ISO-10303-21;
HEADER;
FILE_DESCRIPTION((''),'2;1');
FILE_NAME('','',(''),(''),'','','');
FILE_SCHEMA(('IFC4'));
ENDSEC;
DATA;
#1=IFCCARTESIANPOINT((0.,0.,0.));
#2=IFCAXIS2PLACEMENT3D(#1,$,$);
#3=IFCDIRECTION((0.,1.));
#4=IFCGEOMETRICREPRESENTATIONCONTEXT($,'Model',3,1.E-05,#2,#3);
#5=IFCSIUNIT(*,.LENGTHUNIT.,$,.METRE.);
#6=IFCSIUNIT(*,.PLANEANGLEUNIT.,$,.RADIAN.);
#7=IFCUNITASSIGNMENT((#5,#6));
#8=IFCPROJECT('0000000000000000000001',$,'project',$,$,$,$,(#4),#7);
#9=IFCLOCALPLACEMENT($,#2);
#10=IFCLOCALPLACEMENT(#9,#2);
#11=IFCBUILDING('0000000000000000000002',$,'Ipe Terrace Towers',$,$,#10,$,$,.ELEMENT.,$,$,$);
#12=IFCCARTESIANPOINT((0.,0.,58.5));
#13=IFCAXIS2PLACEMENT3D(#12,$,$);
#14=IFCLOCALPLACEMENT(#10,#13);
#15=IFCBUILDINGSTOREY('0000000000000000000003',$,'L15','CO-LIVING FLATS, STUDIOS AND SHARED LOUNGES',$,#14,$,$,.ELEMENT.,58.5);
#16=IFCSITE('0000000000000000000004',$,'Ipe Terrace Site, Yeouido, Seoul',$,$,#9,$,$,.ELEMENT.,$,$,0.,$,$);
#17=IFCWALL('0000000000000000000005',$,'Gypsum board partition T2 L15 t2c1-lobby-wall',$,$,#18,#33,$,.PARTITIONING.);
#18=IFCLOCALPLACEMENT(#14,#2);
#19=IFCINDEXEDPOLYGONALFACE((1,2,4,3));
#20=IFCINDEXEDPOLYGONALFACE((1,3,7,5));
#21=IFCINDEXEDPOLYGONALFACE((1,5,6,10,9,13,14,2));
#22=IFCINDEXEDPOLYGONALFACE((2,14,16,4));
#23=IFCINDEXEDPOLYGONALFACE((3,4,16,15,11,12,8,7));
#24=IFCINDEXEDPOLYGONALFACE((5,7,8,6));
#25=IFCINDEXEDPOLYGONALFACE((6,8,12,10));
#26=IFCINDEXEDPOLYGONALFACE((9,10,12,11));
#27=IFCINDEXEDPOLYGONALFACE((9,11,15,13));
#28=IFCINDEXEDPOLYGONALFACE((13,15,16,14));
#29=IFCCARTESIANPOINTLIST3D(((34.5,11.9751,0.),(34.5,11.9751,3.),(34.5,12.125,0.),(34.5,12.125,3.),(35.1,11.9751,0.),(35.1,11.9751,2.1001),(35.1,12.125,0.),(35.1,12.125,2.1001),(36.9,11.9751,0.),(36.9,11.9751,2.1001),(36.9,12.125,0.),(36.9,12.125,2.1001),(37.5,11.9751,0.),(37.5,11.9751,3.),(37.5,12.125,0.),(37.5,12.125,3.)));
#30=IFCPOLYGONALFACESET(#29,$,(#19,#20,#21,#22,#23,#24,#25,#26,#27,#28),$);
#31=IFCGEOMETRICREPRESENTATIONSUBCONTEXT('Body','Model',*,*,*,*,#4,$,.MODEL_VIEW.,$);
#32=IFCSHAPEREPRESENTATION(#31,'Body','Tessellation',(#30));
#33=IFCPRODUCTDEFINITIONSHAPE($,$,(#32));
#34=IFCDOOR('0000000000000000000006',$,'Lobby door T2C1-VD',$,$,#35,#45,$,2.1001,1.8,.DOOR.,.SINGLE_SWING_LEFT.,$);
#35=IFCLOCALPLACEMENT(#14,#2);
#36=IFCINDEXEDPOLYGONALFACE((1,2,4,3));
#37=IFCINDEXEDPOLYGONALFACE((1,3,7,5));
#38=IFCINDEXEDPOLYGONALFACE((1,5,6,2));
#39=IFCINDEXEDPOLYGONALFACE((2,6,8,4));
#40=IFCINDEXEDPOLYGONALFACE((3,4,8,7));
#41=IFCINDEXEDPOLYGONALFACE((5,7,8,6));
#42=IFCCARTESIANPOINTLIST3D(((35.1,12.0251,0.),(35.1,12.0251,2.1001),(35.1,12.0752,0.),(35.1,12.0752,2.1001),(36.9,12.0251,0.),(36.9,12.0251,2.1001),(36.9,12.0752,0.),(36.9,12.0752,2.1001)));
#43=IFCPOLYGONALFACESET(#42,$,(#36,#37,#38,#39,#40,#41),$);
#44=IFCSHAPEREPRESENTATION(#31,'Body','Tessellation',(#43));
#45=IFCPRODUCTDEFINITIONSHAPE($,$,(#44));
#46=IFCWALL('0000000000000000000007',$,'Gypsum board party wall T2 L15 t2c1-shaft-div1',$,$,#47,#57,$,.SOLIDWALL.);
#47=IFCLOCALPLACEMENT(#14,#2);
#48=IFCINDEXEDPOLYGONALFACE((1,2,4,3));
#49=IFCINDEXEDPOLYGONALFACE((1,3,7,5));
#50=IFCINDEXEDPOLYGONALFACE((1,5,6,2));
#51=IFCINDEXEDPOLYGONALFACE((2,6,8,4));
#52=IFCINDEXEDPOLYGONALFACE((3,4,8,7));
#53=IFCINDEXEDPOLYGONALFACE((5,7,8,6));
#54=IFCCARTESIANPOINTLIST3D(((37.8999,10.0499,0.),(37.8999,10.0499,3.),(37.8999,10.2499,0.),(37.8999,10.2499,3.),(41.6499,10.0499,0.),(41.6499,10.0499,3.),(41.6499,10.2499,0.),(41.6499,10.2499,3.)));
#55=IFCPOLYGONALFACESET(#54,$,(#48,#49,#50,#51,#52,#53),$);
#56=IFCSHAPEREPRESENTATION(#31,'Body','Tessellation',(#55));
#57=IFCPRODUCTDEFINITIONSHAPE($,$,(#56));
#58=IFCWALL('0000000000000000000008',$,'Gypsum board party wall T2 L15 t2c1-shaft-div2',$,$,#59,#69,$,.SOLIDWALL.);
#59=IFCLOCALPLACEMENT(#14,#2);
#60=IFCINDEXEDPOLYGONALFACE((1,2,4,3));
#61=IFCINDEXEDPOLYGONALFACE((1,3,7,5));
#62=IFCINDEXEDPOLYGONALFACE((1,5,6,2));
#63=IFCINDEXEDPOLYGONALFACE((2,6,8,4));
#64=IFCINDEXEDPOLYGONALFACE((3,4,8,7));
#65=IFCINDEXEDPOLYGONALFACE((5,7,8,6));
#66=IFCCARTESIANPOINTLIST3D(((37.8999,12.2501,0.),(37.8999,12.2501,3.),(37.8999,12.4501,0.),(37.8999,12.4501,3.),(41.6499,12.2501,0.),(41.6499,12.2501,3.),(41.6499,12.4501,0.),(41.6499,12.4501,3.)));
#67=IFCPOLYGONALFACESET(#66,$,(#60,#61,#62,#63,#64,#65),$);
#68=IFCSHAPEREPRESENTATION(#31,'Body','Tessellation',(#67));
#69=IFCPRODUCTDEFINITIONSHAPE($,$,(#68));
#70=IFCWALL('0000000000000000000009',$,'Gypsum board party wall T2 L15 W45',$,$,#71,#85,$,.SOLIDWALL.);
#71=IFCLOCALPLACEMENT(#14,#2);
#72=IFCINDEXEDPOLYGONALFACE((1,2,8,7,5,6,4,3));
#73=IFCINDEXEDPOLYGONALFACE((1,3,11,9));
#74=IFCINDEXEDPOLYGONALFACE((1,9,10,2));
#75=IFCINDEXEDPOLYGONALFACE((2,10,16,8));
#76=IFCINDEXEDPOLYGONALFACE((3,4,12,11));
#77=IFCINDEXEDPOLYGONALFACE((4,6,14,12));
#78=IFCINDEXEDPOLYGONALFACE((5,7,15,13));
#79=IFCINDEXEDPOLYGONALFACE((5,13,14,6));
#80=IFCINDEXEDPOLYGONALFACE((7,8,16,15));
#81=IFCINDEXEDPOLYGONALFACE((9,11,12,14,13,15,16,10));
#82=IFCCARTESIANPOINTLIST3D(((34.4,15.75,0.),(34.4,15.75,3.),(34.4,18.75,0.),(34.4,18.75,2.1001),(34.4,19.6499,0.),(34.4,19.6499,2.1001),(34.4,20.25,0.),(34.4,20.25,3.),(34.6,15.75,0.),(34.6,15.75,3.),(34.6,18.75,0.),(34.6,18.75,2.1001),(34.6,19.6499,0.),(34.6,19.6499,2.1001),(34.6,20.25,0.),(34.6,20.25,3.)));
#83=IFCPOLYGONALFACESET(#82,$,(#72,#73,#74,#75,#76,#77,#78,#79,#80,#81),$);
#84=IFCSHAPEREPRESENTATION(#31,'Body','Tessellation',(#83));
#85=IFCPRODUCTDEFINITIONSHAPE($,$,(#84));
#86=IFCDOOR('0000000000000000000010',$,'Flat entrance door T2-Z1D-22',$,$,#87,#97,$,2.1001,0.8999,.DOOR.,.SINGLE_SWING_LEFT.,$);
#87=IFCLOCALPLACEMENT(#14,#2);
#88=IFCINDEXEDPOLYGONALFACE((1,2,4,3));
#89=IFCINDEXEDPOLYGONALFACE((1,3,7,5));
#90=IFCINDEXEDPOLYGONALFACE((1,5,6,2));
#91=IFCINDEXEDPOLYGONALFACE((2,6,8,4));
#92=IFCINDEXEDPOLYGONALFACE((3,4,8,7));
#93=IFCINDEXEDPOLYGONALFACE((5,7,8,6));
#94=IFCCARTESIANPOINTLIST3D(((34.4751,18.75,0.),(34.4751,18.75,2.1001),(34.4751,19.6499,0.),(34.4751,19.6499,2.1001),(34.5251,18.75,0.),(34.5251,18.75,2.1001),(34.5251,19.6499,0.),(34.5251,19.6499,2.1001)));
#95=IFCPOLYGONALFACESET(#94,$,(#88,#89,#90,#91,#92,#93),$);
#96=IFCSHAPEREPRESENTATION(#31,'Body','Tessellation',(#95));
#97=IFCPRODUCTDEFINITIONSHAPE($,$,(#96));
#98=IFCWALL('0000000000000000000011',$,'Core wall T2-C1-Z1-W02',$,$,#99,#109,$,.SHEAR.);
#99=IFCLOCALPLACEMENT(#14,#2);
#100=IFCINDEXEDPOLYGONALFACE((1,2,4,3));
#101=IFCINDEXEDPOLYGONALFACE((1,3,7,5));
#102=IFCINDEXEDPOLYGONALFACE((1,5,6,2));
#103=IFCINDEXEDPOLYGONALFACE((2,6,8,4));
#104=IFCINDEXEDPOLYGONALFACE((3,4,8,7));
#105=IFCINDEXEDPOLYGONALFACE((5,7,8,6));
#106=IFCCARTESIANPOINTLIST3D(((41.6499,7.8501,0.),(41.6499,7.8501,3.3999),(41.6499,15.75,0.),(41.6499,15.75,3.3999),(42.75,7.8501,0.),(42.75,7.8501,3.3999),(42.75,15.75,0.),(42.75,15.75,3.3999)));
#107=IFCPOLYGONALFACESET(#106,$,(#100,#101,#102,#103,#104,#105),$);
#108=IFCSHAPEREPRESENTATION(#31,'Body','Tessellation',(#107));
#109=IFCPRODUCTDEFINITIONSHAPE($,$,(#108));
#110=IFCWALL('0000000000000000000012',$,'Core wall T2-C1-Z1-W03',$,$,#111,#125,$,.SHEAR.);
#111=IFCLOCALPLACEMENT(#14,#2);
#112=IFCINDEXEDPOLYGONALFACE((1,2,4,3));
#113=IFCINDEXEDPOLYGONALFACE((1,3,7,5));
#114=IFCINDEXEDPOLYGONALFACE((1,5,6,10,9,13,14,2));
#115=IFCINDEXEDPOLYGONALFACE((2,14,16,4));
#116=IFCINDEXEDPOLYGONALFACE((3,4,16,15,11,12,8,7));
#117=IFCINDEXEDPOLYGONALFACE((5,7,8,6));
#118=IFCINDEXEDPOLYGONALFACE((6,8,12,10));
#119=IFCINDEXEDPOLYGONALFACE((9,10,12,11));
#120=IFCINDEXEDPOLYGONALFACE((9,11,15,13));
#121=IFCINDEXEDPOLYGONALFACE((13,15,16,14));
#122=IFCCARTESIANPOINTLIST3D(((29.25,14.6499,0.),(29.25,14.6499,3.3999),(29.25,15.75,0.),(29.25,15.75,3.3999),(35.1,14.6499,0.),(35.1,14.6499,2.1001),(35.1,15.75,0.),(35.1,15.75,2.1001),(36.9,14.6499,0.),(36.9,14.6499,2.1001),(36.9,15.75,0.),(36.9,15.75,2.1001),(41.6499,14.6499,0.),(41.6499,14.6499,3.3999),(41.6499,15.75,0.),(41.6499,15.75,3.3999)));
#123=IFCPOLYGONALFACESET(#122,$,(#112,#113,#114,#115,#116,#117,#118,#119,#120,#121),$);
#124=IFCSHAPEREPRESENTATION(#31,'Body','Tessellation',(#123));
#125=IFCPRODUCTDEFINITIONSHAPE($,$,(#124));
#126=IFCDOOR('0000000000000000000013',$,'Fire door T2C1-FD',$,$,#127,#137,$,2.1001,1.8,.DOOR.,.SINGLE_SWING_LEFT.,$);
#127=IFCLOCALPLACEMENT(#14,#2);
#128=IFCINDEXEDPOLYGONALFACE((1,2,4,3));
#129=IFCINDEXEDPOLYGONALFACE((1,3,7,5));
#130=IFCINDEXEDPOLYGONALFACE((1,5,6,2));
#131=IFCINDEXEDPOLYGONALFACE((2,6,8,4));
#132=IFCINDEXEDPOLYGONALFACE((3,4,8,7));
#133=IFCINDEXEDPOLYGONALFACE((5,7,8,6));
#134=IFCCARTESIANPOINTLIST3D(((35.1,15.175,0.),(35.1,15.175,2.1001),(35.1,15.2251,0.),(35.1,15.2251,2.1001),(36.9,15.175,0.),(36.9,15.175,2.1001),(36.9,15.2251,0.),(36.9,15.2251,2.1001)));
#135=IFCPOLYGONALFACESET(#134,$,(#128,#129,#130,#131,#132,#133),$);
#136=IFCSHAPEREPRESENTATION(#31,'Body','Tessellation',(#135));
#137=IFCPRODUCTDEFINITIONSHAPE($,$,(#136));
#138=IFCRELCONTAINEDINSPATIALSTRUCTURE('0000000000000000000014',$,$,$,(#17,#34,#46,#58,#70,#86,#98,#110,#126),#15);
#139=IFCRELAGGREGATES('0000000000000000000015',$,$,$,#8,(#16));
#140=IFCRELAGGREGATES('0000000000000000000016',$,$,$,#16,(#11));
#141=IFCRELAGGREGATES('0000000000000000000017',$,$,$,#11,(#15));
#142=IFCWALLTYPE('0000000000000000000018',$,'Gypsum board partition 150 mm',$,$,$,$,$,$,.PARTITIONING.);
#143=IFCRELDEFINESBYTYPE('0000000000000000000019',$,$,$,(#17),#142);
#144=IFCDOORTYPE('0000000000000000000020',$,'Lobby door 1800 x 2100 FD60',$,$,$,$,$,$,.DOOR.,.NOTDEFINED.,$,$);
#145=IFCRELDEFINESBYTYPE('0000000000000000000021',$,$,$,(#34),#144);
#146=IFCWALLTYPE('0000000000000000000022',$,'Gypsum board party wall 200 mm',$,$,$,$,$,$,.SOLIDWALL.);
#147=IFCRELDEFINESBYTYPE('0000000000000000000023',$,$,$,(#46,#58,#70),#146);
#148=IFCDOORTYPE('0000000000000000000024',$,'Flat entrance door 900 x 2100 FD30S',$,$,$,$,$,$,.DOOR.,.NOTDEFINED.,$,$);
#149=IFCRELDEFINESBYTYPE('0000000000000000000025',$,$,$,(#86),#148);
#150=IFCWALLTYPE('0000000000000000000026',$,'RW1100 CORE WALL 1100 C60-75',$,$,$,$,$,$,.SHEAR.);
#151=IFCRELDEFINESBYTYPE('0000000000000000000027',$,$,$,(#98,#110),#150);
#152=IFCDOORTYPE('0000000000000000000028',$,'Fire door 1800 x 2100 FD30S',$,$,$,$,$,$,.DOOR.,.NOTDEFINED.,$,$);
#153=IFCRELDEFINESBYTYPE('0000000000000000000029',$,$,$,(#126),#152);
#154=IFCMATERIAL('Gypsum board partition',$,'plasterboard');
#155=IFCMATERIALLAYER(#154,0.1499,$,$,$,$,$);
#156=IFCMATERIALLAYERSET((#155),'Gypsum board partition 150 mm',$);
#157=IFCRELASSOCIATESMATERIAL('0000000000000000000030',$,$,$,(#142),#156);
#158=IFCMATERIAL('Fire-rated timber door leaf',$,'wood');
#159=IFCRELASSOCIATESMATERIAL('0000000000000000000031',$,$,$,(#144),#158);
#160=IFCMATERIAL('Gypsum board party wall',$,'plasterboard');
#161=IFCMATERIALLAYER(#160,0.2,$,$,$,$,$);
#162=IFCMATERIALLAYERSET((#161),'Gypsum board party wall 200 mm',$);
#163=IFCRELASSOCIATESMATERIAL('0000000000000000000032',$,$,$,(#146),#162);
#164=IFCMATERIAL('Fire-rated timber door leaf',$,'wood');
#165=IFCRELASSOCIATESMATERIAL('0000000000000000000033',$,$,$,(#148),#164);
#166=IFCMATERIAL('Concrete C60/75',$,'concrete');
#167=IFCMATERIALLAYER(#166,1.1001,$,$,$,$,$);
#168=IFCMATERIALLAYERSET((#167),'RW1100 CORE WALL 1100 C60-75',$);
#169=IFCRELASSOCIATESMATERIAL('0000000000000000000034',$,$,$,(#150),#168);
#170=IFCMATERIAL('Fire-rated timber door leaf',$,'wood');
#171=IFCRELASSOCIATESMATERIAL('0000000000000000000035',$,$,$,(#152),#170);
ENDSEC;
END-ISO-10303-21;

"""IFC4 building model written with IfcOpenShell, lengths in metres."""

from ifc_helpers import new_model, si_unit, direction, frame, frame_2d, origin, place, context, subcontext, project, spatial, rectangle, extrude, material, layer, layer_set, type_object, element, fill, save


model = new_model("IFC4")

# Units and contexts
model_context = context("Model", 3, precision=1e-05, world=origin(), true_north=direction((0.0, 1.0)))
body_context = subcontext(model_context, "Body", "Model", "MODEL_VIEW")
ifc_project = project(units=[si_unit("LENGTHUNIT", "METRE"), si_unit("PLANEANGLEUNIT", "RADIAN")], contexts=[model_context])

# Site, building, storey
site_placement = place(None, origin())
site = spatial("IfcSite", under=ifc_project, at=site_placement, Name="Ipe Terrace Site, Yeouido, Seoul", CompositionType="ELEMENT", RefElevation=0.0)
building_placement = place(site_placement, origin())
building = spatial("IfcBuilding", under=site, at=building_placement, Name="Ipe Terrace Towers", CompositionType="ELEMENT")
storey_placement = place(building_placement, frame((0.0, 0.0, 58.5)))
storey = spatial("IfcBuildingStorey", under=building, at=storey_placement, Name="L15", Description="CO-LIVING FLATS, STUDIOS AND SHARED LOUNGES", CompositionType="ELEMENT", Elevation=58.5)

# Wall, opening, door
ifc_material_1 = material(Name="Gypsum board partition", Category="plasterboard")
ifc_layer_1 = layer(ifc_material_1, 0.1499)
ifc_layer_set_1 = layer_set([ifc_layer_1], Name="Gypsum board partition 150 mm")
wall_type_1 = type_object("IfcWallType", Name="Gypsum board partition 150 mm", PredefinedType="PARTITIONING", material=ifc_layer_set_1)
wall_1_placement = place(storey_placement, frame((37.5, 12.05, 0.0), z_axis=(0.0, 0.0, 1.0), x_axis=(-1.0, 0.0, 0.0)))
wall_1 = element("IfcWall", 1, at=wall_1_placement, inside=storey, type_object=wall_type_1, Name="Gypsum board partition T2 L15 t2c1-lobby-wall", PredefinedType="PARTITIONING", context=body_context, shape_type="SweptSolid", body=[
    extrude(rectangle(XDim=3.0, YDim=0.1499, at=frame_2d((1.5, 0.0))), origin(), (0.0, 0.0, 1.0), 3.0),
])
opening_1_placement = place(wall_1_placement, frame((0.6001, 0.0, 0.0)))
opening_1 = element("IfcOpeningElement", 2, at=opening_1_placement, cuts=wall_1, PredefinedType="OPENING", context=body_context, shape_type="SweptSolid", body=[
    extrude(rectangle(XDim=1.8, YDim=2.1001, at=frame_2d((0.8999, 1.05))), frame((0.0, 0.085, 0.0), z_axis=(0.0, -1.0, 0.0), x_axis=(1.0, 0.0, 0.0)), (0.0, 0.0, 1.0), 0.1699),
])
ifc_material_2 = material(Name="Fire-rated timber door leaf", Category="wood")
door_type_1 = type_object("IfcDoorType", Name="Lobby door 1800 x 2100 FD60", OperationType="NOTDEFINED", PredefinedType="DOOR", material=ifc_material_2)
door_1_placement = place(opening_1_placement, origin())
door_1 = element("IfcDoor", 3, at=door_1_placement, inside=storey, type_object=door_type_1, Name="Lobby door T2C1-VD", OperationType="SINGLE_SWING_LEFT", OverallHeight=2.1001, OverallWidth=1.8, PredefinedType="DOOR", context=body_context, shape_type="SweptSolid", body=[
    extrude(rectangle(XDim=1.8, YDim=2.1001, at=frame_2d((0.8999, 1.05))), frame((0.0, 0.0249, 0.0), z_axis=(0.0, -1.0, 0.0), x_axis=(1.0, 0.0, 0.0)), (0.0, 0.0, 1.0), 0.05),
])
fill(opening_1, door_1)

# Walls
ifc_material_3 = material(Name="Gypsum board party wall", Category="plasterboard")
ifc_layer_2 = layer(ifc_material_3, 0.2)
ifc_layer_set_2 = layer_set([ifc_layer_2], Name="Gypsum board party wall 200 mm")
wall_type_2 = type_object("IfcWallType", Name="Gypsum board party wall 200 mm", PredefinedType="SOLIDWALL", material=ifc_layer_set_2)
for number, where, z_axis, x_axis, name in (
    (4, (41.6499, 10.1499, 0.0), (0.0, 0.0, 1.0), (-1.0, 0.0, 0.0), "Gypsum board party wall T2 L15 t2c1-shaft-div1"),
    (5, (41.6499, 12.3501, 0.0), (0.0, 0.0, 1.0), (-1.0, 0.0, 0.0), "Gypsum board party wall T2 L15 t2c1-shaft-div2"),
):
    element("IfcWall", number, at=place(storey_placement, frame(where, z_axis=z_axis, x_axis=x_axis)), inside=storey, type_object=wall_type_2, Name=name, PredefinedType="SOLIDWALL", context=body_context, shape_type="SweptSolid", body=[
        extrude(rectangle(XDim=3.75, YDim=0.2, at=frame_2d((1.875, 0.0))), origin(), (0.0, 0.0, 1.0), 3.0),
    ])

# Wall, opening, door
wall_2_placement = place(storey_placement, frame((34.5, 15.75, 0.0), z_axis=(0.0, 0.0, 1.0), x_axis=(0.0, 1.0, 0.0)))
wall_2 = element("IfcWall", 6, at=wall_2_placement, inside=storey, type_object=wall_type_2, Name="Gypsum board party wall T2 L15 W45", PredefinedType="SOLIDWALL", context=body_context, shape_type="SweptSolid", body=[
    extrude(rectangle(XDim=4.5, YDim=0.2, at=frame_2d((2.25, 0.0))), origin(), (0.0, 0.0, 1.0), 3.0),
])
opening_2_placement = place(wall_2_placement, frame((3.0, 0.0, 0.0)))
opening_2 = element("IfcOpeningElement", 7, at=opening_2_placement, cuts=wall_2, PredefinedType="OPENING", context=body_context, shape_type="SweptSolid", body=[
    extrude(rectangle(XDim=0.8999, YDim=2.1001, at=frame_2d((0.45, 1.05))), frame((0.0, 0.1099, 0.0), z_axis=(0.0, -1.0, 0.0), x_axis=(1.0, 0.0, 0.0)), (0.0, 0.0, 1.0), 0.22),
])
ifc_material_4 = material(Name="Fire-rated timber door leaf", Category="wood")
door_type_2 = type_object("IfcDoorType", Name="Flat entrance door 900 x 2100 FD30S", OperationType="NOTDEFINED", PredefinedType="DOOR", material=ifc_material_4)
door_2_placement = place(opening_2_placement, origin())
door_2 = element("IfcDoor", 8, at=door_2_placement, inside=storey, type_object=door_type_2, Name="Flat entrance door T2-Z1D-22", OperationType="SINGLE_SWING_LEFT", OverallHeight=2.1001, OverallWidth=0.8999, PredefinedType="DOOR", context=body_context, shape_type="SweptSolid", body=[
    extrude(rectangle(XDim=0.8999, YDim=2.1001, at=frame_2d((0.45, 1.05))), frame((0.0, 0.0249, 0.0), z_axis=(0.0, -1.0, 0.0), x_axis=(1.0, 0.0, 0.0)), (0.0, 0.0, 1.0), 0.05),
])
fill(opening_2, door_2)

# Wall
ifc_material_5 = material(Name="Concrete C60/75", Category="concrete")
ifc_layer_3 = layer(ifc_material_5, 1.1001)
ifc_layer_set_3 = layer_set([ifc_layer_3], Name="RW1100 CORE WALL 1100 C60-75")
wall_type_3 = type_object("IfcWallType", Name="RW1100 CORE WALL 1100 C60-75", PredefinedType="SHEAR", material=ifc_layer_set_3)
wall_3_placement = place(storey_placement, frame((42.2, 7.8501, 0.0), z_axis=(0.0, 0.0, 1.0), x_axis=(0.0, 1.0, 0.0)))
element("IfcWall", 9, at=wall_3_placement, inside=storey, type_object=wall_type_3, Name="Core wall T2-C1-Z1-W02", PredefinedType="SHEAR", context=body_context, shape_type="SweptSolid", body=[
    extrude(rectangle(XDim=7.8999, YDim=1.1001, at=frame_2d((3.95, 0.0))), origin(), (0.0, 0.0, 1.0), 3.3999),
])

# Wall, opening, door
wall_4_placement = place(storey_placement, frame((41.6499, 15.2, 0.0), z_axis=(0.0, 0.0, 1.0), x_axis=(-1.0, 0.0, 0.0)))
wall_4 = element("IfcWall", 10, at=wall_4_placement, inside=storey, type_object=wall_type_3, Name="Core wall T2-C1-Z1-W03", PredefinedType="SHEAR", context=body_context, shape_type="SweptSolid", body=[
    extrude(rectangle(XDim=12.3999, YDim=1.1001, at=frame_2d((6.2, 0.0))), origin(), (0.0, 0.0, 1.0), 3.3999),
])
opening_3_placement = place(wall_4_placement, frame((4.75, 0.0, 0.0)))
opening_3 = element("IfcOpeningElement", 11, at=opening_3_placement, cuts=wall_4, PredefinedType="OPENING", context=body_context, shape_type="SweptSolid", body=[
    extrude(rectangle(XDim=1.8, YDim=2.1001, at=frame_2d((0.8999, 1.05))), frame((0.0, 0.5601, 0.0), z_axis=(0.0, -1.0, 0.0), x_axis=(1.0, 0.0, 0.0)), (0.0, 0.0, 1.0), 1.1201),
])
ifc_material_6 = material(Name="Fire-rated timber door leaf", Category="wood")
door_type_3 = type_object("IfcDoorType", Name="Fire door 1800 x 2100 FD30S", OperationType="NOTDEFINED", PredefinedType="DOOR", material=ifc_material_6)
door_3_placement = place(opening_3_placement, origin())
door_3 = element("IfcDoor", 12, at=door_3_placement, inside=storey, type_object=door_type_3, Name="Fire door T2C1-FD", OperationType="SINGLE_SWING_LEFT", OverallHeight=2.1001, OverallWidth=1.8, PredefinedType="DOOR", context=body_context, shape_type="SweptSolid", body=[
    extrude(rectangle(XDim=1.8, YDim=2.1001, at=frame_2d((0.8999, 1.05))), frame((0.0, 0.0249, 0.0), z_axis=(0.0, -1.0, 0.0), x_axis=(1.0, 0.0, 0.0)), (0.0, 0.0, 1.0), 0.05),
])
fill(opening_3, door_3)

save(model, "model.ifc")
